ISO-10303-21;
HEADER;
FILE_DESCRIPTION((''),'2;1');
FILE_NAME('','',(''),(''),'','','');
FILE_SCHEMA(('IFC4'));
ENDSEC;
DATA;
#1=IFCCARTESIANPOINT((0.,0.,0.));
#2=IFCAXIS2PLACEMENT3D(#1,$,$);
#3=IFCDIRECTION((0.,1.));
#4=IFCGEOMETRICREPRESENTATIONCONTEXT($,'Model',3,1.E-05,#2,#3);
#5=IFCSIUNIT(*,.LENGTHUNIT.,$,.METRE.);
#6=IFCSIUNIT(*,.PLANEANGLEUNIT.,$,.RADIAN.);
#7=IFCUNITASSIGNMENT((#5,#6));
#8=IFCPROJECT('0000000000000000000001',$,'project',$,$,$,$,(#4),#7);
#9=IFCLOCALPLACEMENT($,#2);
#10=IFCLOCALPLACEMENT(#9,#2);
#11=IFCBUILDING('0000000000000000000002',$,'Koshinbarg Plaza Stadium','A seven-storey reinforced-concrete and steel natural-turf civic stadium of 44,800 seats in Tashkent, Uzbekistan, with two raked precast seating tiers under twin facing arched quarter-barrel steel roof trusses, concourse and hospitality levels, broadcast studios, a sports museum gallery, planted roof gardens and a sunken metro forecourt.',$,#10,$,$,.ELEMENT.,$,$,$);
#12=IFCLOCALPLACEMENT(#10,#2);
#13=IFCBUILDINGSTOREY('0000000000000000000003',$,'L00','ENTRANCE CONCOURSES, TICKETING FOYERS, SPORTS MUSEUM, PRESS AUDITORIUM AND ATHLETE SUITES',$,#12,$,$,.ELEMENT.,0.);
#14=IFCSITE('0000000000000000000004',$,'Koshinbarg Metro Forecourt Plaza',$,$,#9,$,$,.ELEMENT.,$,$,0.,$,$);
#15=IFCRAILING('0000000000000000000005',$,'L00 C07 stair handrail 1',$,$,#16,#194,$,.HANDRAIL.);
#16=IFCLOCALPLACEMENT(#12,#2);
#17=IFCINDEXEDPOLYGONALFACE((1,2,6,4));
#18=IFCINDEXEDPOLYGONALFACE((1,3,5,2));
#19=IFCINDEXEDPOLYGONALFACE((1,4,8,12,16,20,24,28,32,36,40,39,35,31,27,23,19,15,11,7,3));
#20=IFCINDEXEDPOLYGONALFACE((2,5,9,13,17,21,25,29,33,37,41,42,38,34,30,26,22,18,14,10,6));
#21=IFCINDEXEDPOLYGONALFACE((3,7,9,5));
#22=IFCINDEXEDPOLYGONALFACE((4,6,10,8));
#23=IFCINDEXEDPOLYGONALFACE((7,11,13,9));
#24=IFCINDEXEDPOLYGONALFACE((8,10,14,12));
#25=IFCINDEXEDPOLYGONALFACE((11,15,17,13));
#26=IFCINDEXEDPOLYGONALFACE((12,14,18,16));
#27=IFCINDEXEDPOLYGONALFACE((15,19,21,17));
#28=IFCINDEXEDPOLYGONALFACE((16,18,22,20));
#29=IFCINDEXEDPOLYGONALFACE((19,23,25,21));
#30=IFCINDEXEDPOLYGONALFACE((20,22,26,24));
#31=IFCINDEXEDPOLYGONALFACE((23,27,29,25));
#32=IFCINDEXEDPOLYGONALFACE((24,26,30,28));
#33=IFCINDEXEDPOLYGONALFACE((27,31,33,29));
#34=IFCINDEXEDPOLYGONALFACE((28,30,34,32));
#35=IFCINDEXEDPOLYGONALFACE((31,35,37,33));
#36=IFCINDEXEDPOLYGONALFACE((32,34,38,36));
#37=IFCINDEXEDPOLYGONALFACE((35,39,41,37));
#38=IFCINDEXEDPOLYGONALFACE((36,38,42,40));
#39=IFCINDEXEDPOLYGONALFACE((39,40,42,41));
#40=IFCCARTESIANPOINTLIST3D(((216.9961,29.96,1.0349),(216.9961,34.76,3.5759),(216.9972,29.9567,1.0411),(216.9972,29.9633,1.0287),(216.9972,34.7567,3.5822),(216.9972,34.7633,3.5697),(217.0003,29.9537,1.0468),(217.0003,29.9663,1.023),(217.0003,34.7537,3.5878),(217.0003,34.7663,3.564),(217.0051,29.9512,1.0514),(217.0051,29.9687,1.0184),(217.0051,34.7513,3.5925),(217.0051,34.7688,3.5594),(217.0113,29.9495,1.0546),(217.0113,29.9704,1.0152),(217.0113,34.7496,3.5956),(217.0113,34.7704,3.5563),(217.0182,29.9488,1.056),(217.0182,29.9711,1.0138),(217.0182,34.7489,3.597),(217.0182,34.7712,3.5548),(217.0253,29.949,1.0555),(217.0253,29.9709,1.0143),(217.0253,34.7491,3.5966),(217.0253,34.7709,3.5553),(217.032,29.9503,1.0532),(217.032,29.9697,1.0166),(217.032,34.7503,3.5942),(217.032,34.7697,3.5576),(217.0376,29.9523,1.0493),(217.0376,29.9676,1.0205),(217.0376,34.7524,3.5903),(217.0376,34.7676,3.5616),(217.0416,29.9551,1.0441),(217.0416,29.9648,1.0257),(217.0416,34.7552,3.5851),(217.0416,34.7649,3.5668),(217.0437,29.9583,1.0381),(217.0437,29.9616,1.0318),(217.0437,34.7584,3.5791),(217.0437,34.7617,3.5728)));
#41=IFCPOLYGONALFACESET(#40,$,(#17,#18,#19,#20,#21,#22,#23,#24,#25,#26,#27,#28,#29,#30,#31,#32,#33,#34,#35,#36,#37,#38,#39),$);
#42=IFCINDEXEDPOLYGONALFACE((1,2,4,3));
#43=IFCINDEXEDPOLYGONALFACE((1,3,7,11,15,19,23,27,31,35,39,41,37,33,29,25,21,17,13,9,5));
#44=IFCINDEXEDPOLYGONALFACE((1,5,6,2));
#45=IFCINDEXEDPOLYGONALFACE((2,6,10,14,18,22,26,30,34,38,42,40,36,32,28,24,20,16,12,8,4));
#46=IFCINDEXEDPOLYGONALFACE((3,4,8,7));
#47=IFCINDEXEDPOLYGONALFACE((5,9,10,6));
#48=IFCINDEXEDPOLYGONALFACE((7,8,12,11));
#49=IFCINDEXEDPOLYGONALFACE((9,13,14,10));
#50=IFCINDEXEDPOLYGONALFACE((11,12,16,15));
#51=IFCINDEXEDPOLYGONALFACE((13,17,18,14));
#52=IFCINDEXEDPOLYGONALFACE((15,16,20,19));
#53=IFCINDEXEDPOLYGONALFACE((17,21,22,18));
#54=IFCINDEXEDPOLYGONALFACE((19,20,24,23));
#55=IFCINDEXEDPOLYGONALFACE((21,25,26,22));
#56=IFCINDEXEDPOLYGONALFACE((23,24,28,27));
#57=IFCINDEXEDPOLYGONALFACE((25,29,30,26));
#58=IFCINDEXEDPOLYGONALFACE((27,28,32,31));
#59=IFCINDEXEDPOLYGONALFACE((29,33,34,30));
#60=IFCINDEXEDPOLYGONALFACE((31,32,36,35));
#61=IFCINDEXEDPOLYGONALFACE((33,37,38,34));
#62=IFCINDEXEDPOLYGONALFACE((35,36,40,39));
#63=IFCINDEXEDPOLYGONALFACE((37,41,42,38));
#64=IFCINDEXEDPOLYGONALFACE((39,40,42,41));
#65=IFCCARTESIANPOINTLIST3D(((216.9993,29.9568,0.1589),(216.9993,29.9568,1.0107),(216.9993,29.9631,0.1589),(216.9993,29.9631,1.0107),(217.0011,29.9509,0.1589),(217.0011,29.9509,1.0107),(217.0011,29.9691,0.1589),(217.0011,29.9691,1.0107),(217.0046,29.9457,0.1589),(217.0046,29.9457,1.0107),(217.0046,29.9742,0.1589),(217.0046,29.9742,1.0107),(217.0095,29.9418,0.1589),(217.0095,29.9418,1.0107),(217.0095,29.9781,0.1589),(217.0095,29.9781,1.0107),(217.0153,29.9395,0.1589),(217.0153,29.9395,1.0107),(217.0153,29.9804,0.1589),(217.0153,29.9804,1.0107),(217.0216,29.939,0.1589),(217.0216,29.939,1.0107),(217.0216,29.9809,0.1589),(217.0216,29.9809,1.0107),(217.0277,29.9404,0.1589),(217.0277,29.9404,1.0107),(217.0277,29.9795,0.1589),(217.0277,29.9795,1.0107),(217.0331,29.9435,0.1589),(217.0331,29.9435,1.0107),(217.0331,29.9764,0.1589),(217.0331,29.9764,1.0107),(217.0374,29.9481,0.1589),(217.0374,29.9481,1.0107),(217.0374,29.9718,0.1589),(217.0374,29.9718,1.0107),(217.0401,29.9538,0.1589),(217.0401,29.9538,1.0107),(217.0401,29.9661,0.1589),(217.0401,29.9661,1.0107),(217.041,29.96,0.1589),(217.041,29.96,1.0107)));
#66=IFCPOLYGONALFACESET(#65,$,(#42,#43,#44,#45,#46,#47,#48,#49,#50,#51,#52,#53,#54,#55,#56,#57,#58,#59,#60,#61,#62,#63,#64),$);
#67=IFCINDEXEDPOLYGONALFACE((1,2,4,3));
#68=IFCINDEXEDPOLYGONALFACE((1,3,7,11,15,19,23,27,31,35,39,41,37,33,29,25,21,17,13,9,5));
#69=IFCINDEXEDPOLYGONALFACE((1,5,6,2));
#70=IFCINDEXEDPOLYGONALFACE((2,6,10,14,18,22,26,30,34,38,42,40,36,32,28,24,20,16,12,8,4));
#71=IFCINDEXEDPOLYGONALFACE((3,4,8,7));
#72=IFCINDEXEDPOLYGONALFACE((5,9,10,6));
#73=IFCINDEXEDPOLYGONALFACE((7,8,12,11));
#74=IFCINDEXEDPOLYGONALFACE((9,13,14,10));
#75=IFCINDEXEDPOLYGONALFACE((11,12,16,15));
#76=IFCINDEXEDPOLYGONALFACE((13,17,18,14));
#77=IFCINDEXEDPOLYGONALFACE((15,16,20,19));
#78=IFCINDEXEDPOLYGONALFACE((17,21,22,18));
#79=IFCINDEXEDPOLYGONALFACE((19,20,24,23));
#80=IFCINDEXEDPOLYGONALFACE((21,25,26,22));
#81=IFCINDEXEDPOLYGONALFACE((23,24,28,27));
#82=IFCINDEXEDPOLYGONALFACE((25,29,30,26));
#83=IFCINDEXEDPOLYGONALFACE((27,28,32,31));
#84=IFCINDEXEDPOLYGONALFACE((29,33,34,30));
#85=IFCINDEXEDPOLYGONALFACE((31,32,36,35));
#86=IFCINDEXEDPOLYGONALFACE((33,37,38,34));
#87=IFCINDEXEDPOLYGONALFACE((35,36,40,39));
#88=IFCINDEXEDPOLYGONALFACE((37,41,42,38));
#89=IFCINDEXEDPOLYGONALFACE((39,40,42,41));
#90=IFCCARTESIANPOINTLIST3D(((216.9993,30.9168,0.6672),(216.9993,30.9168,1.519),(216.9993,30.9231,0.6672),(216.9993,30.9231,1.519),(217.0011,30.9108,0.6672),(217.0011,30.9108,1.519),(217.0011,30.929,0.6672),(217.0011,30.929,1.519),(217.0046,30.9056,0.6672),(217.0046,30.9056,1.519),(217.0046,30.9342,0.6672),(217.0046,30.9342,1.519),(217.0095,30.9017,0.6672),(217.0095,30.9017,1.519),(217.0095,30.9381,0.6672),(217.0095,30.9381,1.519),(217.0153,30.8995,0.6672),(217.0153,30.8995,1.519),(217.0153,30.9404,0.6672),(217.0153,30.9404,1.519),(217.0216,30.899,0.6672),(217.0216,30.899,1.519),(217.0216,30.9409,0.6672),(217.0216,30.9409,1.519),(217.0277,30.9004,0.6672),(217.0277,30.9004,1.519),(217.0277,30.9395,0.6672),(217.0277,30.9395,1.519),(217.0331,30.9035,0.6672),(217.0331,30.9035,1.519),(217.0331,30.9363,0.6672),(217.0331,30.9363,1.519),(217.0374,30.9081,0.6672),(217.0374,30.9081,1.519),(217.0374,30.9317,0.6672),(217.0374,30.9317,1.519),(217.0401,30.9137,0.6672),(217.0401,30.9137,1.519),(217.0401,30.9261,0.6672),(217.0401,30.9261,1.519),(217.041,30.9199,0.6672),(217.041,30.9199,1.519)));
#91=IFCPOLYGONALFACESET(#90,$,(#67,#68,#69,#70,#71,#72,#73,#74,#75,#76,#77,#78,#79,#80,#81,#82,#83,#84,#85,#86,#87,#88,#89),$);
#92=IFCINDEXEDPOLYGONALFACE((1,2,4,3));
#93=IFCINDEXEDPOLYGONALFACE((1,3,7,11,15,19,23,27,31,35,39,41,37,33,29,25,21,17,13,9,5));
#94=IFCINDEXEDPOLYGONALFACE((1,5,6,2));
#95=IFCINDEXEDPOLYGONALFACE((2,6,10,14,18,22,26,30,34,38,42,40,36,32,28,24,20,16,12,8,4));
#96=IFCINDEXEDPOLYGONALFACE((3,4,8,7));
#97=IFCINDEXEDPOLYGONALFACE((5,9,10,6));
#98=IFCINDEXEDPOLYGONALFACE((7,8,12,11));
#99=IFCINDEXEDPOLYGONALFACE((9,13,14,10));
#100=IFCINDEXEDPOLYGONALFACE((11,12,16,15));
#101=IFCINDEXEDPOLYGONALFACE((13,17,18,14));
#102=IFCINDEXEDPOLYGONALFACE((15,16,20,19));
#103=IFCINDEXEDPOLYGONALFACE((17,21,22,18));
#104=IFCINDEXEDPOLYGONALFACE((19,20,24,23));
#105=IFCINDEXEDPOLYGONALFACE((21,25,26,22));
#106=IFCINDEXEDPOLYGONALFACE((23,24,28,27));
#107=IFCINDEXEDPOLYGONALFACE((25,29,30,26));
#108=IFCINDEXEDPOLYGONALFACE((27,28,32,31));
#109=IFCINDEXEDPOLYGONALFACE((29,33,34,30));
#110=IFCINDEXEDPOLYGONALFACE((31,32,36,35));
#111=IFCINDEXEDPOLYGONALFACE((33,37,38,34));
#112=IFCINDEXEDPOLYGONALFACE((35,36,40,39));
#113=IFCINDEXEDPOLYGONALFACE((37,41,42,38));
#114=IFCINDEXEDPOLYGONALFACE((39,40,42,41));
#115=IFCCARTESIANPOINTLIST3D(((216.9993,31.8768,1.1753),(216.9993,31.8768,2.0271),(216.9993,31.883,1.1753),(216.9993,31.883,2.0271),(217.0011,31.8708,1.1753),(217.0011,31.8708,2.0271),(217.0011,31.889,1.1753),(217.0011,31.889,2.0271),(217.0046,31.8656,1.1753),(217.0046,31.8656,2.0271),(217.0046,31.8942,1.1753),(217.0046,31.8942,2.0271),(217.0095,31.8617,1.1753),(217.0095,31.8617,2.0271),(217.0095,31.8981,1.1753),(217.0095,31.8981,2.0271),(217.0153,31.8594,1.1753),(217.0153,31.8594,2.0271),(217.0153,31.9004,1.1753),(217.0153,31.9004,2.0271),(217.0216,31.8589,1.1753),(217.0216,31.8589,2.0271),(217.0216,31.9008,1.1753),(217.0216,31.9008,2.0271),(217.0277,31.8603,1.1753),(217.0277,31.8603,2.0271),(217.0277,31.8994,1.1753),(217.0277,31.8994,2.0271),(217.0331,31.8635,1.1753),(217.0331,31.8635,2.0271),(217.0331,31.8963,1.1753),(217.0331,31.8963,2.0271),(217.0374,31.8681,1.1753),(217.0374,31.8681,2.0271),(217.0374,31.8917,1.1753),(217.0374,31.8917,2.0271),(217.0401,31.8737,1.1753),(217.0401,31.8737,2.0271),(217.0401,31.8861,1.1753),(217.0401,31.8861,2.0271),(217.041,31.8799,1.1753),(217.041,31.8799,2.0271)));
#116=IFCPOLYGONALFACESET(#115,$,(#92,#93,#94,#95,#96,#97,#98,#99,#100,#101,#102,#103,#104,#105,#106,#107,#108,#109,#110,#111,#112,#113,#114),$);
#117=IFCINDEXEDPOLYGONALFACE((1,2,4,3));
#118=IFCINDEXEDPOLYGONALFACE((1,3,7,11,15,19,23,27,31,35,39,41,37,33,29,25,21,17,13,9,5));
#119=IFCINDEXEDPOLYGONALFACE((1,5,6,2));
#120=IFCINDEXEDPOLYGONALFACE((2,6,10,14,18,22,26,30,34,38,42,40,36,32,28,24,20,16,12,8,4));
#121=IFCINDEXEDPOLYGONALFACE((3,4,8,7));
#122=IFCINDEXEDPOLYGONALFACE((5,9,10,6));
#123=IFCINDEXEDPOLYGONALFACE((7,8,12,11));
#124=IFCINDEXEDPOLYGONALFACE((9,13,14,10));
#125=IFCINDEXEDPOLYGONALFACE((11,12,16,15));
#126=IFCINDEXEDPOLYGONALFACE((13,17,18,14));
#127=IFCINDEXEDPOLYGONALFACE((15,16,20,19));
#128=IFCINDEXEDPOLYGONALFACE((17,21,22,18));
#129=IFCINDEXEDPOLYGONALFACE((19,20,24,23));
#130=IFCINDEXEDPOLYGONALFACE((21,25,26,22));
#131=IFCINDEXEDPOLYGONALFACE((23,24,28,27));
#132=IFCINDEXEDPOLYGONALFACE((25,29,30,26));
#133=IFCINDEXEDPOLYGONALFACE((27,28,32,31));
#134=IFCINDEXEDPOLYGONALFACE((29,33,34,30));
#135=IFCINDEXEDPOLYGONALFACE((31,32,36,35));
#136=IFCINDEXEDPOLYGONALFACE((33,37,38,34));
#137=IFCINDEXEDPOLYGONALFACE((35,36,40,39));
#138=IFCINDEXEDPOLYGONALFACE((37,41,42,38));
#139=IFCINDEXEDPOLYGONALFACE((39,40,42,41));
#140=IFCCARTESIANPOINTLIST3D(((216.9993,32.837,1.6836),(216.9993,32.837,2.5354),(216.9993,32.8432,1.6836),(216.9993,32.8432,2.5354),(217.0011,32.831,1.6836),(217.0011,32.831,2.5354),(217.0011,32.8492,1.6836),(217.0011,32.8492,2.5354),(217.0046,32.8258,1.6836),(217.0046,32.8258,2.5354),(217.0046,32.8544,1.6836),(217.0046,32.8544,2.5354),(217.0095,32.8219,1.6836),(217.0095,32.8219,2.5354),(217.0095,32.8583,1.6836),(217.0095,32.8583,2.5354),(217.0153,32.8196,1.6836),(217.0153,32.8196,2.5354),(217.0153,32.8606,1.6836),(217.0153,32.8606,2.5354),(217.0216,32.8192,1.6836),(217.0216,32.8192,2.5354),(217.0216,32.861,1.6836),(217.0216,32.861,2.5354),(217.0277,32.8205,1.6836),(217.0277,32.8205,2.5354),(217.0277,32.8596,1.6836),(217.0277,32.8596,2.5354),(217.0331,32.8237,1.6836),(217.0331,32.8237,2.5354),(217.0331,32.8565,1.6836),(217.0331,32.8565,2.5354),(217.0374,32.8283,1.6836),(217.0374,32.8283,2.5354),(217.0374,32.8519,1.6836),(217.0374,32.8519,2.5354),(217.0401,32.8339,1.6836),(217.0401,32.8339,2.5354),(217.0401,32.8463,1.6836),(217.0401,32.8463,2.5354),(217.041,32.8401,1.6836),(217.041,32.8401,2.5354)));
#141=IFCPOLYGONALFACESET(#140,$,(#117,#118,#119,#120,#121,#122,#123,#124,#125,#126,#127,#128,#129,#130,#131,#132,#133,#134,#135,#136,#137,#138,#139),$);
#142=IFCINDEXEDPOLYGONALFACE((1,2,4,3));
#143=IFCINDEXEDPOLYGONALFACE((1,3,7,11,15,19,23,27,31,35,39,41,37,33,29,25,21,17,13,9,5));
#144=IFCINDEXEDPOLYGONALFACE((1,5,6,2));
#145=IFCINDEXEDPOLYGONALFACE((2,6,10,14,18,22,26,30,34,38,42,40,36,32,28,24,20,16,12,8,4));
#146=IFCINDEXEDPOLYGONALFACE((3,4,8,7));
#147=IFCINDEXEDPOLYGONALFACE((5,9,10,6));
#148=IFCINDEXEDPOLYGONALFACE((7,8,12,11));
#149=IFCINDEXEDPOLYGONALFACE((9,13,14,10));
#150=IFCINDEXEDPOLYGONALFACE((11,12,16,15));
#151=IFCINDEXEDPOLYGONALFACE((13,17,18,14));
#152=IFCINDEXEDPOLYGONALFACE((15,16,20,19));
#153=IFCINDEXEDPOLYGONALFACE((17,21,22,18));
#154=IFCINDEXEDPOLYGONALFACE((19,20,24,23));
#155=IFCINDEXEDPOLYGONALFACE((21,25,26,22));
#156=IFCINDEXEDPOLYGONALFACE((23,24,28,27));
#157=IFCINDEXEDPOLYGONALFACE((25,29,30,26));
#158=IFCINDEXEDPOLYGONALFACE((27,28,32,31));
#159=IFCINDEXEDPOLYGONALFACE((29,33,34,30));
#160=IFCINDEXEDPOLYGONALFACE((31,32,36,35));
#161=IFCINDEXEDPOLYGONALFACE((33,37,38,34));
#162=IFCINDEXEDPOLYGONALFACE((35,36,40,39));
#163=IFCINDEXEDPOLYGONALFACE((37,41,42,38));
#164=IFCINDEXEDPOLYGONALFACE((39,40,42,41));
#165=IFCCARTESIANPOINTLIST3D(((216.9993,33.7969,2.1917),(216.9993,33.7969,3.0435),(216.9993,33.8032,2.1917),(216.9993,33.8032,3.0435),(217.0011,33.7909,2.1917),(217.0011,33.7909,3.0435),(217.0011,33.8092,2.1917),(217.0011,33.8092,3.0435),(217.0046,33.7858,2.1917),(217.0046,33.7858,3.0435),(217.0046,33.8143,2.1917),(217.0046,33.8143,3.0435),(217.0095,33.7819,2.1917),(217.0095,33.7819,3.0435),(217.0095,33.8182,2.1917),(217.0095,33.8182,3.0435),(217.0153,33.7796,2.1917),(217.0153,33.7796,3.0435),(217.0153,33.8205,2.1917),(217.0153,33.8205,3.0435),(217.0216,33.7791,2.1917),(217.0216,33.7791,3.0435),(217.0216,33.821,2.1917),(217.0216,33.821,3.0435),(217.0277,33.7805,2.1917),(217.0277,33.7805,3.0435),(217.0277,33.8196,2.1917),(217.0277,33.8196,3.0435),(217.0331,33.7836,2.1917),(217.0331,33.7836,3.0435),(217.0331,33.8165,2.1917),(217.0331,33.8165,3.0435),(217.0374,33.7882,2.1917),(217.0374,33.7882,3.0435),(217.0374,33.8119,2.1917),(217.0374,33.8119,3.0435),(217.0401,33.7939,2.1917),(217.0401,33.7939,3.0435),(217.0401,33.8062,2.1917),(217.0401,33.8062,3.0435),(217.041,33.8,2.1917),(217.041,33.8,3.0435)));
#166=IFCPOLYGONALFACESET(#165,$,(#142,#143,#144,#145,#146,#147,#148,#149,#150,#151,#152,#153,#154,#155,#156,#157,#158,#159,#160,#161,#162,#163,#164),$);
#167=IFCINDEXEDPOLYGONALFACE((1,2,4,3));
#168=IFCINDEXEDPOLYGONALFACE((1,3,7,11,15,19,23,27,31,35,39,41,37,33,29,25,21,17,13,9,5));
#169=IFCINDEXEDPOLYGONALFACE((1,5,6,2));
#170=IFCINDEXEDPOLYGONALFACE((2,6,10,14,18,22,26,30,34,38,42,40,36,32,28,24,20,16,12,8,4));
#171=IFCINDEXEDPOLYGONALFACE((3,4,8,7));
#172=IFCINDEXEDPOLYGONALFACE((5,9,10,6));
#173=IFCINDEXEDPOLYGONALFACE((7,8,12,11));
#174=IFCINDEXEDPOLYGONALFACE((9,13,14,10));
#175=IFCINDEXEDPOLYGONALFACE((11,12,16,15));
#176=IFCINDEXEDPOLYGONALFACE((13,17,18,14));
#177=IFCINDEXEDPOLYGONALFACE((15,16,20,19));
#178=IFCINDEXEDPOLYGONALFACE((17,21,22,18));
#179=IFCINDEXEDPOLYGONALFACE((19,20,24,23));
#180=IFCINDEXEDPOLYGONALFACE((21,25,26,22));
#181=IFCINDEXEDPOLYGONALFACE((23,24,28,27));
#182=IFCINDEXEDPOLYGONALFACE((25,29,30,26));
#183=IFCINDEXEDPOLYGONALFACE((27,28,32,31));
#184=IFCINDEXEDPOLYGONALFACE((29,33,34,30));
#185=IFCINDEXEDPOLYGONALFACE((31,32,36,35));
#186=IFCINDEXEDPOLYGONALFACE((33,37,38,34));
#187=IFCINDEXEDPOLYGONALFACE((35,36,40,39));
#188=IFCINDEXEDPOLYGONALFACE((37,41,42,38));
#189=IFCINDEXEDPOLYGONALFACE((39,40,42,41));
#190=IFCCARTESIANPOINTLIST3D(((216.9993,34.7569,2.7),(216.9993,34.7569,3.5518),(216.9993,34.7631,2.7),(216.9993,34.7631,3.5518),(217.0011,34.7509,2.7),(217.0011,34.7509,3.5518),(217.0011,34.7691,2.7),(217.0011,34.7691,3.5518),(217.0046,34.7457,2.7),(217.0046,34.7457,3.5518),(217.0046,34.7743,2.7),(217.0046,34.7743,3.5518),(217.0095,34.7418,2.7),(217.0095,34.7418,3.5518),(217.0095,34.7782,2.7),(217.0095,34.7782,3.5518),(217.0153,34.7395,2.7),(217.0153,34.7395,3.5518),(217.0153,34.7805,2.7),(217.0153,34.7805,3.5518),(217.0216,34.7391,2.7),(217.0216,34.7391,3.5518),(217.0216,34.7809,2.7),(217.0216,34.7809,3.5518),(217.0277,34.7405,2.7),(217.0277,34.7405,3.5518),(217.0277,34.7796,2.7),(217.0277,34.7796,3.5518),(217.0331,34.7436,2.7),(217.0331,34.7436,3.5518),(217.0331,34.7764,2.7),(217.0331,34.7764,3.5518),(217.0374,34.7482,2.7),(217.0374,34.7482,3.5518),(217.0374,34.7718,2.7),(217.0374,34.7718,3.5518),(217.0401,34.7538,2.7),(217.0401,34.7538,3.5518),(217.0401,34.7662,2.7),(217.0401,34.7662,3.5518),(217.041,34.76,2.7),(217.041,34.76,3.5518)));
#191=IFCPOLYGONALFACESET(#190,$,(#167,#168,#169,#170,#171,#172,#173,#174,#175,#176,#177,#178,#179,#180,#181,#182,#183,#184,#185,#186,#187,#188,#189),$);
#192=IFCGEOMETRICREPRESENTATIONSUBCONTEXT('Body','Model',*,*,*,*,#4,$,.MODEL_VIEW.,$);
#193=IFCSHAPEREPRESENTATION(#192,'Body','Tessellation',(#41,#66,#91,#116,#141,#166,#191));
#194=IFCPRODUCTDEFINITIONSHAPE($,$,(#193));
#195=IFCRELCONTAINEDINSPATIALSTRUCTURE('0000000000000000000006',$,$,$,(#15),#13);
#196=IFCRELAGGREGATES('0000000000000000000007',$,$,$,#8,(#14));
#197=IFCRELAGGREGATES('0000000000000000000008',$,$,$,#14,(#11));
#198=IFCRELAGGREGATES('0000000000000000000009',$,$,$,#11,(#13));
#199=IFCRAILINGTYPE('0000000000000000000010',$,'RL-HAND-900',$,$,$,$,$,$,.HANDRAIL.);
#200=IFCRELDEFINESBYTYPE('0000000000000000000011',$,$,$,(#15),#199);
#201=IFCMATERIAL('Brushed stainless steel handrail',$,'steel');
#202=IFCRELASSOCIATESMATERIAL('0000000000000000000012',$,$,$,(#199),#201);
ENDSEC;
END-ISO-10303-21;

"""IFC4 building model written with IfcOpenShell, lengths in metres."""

from ifc_helpers import new_model, si_unit, direction, frame, origin, origin_2d, place, context, subcontext, project, spatial, circle, extrude, material, type_object, element, save


model = new_model("IFC4")

# Units and contexts
model_context = context("Model", 3, precision=1e-05, world=origin(), true_north=direction((0.0, 1.0)))
body_context = subcontext(model_context, "Body", "Model", "MODEL_VIEW")
ifc_project = project(units=[si_unit("LENGTHUNIT", "METRE"), si_unit("PLANEANGLEUNIT", "RADIAN")], contexts=[model_context])

# Site, building, storey
site_placement = place(None, origin())
site = spatial("IfcSite", under=ifc_project, at=site_placement, Name="Koshinbarg Metro Forecourt Plaza", CompositionType="ELEMENT", RefElevation=0.0)
building_placement = place(site_placement, origin())
building = spatial("IfcBuilding", under=site, at=building_placement, Name="Koshinbarg Plaza Stadium", Description="A seven-storey reinforced-concrete and steel natural-turf civic stadium of 44,800 seats in Tashkent, Uzbekistan, with two raked precast seating tiers under twin facing arched quarter-barrel steel roof trusses, concourse and hospitality levels, broadcast studios, a sports museum gallery, planted roof gardens and a sunken metro forecourt.", CompositionType="ELEMENT")
storey_placement = place(building_placement, origin())
storey = spatial("IfcBuildingStorey", under=building, at=storey_placement, Name="L00", Description="ENTRANCE CONCOURSES, TICKETING FOYERS, SPORTS MUSEUM, PRESS AUDITORIUM AND ATHLETE SUITES", CompositionType="ELEMENT", Elevation=0.0)

# Railing
ifc_material_1 = material(Name="Brushed stainless steel handrail", Category="steel")
railing_type_1 = type_object("IfcRailingType", Name="RL-HAND-900", PredefinedType="HANDRAIL", material=ifc_material_1)
railing_1_placement = place(storey_placement, frame((217.02, 29.96, 0.1589)))
element("IfcRailing", 1, at=railing_1_placement, inside=storey, type_object=railing_type_1, Name="L00 C07 stair handrail 1", PredefinedType="HANDRAIL", context=body_context, shape_type="SweptSolid", body=[
    extrude(circle(Radius=0.0239, at=origin_2d()), frame((0.0, 0.0, 0.876), z_axis=(0.0, 0.883802, 0.467861), x_axis=(-1.0, 0.0, 0.0)), (0.0, 0.0, 1.0), 5.4312),
    extrude(circle(Radius=0.021, at=origin_2d()), origin(), (0.0, 0.0, 1.0), 0.8518),
    extrude(circle(Radius=0.021, at=origin_2d()), frame((0.0, 0.96, 0.5083)), (0.0, 0.0, 1.0), 0.8518),
    extrude(circle(Radius=0.021, at=origin_2d()), frame((0.0, 1.9199, 1.0164)), (0.0, 0.0, 1.0), 0.8518),
    extrude(circle(Radius=0.021, at=origin_2d()), frame((0.0, 2.8801, 1.5247)), (0.0, 0.0, 1.0), 0.8518),
    extrude(circle(Radius=0.021, at=origin_2d()), frame((0.0, 3.8401, 2.0327)), (0.0, 0.0, 1.0), 0.8518),
    extrude(circle(Radius=0.021, at=origin_2d()), frame((0.0, 4.8, 2.541)), (0.0, 0.0, 1.0), 0.8518),
])

save(model, "model.ifc")
